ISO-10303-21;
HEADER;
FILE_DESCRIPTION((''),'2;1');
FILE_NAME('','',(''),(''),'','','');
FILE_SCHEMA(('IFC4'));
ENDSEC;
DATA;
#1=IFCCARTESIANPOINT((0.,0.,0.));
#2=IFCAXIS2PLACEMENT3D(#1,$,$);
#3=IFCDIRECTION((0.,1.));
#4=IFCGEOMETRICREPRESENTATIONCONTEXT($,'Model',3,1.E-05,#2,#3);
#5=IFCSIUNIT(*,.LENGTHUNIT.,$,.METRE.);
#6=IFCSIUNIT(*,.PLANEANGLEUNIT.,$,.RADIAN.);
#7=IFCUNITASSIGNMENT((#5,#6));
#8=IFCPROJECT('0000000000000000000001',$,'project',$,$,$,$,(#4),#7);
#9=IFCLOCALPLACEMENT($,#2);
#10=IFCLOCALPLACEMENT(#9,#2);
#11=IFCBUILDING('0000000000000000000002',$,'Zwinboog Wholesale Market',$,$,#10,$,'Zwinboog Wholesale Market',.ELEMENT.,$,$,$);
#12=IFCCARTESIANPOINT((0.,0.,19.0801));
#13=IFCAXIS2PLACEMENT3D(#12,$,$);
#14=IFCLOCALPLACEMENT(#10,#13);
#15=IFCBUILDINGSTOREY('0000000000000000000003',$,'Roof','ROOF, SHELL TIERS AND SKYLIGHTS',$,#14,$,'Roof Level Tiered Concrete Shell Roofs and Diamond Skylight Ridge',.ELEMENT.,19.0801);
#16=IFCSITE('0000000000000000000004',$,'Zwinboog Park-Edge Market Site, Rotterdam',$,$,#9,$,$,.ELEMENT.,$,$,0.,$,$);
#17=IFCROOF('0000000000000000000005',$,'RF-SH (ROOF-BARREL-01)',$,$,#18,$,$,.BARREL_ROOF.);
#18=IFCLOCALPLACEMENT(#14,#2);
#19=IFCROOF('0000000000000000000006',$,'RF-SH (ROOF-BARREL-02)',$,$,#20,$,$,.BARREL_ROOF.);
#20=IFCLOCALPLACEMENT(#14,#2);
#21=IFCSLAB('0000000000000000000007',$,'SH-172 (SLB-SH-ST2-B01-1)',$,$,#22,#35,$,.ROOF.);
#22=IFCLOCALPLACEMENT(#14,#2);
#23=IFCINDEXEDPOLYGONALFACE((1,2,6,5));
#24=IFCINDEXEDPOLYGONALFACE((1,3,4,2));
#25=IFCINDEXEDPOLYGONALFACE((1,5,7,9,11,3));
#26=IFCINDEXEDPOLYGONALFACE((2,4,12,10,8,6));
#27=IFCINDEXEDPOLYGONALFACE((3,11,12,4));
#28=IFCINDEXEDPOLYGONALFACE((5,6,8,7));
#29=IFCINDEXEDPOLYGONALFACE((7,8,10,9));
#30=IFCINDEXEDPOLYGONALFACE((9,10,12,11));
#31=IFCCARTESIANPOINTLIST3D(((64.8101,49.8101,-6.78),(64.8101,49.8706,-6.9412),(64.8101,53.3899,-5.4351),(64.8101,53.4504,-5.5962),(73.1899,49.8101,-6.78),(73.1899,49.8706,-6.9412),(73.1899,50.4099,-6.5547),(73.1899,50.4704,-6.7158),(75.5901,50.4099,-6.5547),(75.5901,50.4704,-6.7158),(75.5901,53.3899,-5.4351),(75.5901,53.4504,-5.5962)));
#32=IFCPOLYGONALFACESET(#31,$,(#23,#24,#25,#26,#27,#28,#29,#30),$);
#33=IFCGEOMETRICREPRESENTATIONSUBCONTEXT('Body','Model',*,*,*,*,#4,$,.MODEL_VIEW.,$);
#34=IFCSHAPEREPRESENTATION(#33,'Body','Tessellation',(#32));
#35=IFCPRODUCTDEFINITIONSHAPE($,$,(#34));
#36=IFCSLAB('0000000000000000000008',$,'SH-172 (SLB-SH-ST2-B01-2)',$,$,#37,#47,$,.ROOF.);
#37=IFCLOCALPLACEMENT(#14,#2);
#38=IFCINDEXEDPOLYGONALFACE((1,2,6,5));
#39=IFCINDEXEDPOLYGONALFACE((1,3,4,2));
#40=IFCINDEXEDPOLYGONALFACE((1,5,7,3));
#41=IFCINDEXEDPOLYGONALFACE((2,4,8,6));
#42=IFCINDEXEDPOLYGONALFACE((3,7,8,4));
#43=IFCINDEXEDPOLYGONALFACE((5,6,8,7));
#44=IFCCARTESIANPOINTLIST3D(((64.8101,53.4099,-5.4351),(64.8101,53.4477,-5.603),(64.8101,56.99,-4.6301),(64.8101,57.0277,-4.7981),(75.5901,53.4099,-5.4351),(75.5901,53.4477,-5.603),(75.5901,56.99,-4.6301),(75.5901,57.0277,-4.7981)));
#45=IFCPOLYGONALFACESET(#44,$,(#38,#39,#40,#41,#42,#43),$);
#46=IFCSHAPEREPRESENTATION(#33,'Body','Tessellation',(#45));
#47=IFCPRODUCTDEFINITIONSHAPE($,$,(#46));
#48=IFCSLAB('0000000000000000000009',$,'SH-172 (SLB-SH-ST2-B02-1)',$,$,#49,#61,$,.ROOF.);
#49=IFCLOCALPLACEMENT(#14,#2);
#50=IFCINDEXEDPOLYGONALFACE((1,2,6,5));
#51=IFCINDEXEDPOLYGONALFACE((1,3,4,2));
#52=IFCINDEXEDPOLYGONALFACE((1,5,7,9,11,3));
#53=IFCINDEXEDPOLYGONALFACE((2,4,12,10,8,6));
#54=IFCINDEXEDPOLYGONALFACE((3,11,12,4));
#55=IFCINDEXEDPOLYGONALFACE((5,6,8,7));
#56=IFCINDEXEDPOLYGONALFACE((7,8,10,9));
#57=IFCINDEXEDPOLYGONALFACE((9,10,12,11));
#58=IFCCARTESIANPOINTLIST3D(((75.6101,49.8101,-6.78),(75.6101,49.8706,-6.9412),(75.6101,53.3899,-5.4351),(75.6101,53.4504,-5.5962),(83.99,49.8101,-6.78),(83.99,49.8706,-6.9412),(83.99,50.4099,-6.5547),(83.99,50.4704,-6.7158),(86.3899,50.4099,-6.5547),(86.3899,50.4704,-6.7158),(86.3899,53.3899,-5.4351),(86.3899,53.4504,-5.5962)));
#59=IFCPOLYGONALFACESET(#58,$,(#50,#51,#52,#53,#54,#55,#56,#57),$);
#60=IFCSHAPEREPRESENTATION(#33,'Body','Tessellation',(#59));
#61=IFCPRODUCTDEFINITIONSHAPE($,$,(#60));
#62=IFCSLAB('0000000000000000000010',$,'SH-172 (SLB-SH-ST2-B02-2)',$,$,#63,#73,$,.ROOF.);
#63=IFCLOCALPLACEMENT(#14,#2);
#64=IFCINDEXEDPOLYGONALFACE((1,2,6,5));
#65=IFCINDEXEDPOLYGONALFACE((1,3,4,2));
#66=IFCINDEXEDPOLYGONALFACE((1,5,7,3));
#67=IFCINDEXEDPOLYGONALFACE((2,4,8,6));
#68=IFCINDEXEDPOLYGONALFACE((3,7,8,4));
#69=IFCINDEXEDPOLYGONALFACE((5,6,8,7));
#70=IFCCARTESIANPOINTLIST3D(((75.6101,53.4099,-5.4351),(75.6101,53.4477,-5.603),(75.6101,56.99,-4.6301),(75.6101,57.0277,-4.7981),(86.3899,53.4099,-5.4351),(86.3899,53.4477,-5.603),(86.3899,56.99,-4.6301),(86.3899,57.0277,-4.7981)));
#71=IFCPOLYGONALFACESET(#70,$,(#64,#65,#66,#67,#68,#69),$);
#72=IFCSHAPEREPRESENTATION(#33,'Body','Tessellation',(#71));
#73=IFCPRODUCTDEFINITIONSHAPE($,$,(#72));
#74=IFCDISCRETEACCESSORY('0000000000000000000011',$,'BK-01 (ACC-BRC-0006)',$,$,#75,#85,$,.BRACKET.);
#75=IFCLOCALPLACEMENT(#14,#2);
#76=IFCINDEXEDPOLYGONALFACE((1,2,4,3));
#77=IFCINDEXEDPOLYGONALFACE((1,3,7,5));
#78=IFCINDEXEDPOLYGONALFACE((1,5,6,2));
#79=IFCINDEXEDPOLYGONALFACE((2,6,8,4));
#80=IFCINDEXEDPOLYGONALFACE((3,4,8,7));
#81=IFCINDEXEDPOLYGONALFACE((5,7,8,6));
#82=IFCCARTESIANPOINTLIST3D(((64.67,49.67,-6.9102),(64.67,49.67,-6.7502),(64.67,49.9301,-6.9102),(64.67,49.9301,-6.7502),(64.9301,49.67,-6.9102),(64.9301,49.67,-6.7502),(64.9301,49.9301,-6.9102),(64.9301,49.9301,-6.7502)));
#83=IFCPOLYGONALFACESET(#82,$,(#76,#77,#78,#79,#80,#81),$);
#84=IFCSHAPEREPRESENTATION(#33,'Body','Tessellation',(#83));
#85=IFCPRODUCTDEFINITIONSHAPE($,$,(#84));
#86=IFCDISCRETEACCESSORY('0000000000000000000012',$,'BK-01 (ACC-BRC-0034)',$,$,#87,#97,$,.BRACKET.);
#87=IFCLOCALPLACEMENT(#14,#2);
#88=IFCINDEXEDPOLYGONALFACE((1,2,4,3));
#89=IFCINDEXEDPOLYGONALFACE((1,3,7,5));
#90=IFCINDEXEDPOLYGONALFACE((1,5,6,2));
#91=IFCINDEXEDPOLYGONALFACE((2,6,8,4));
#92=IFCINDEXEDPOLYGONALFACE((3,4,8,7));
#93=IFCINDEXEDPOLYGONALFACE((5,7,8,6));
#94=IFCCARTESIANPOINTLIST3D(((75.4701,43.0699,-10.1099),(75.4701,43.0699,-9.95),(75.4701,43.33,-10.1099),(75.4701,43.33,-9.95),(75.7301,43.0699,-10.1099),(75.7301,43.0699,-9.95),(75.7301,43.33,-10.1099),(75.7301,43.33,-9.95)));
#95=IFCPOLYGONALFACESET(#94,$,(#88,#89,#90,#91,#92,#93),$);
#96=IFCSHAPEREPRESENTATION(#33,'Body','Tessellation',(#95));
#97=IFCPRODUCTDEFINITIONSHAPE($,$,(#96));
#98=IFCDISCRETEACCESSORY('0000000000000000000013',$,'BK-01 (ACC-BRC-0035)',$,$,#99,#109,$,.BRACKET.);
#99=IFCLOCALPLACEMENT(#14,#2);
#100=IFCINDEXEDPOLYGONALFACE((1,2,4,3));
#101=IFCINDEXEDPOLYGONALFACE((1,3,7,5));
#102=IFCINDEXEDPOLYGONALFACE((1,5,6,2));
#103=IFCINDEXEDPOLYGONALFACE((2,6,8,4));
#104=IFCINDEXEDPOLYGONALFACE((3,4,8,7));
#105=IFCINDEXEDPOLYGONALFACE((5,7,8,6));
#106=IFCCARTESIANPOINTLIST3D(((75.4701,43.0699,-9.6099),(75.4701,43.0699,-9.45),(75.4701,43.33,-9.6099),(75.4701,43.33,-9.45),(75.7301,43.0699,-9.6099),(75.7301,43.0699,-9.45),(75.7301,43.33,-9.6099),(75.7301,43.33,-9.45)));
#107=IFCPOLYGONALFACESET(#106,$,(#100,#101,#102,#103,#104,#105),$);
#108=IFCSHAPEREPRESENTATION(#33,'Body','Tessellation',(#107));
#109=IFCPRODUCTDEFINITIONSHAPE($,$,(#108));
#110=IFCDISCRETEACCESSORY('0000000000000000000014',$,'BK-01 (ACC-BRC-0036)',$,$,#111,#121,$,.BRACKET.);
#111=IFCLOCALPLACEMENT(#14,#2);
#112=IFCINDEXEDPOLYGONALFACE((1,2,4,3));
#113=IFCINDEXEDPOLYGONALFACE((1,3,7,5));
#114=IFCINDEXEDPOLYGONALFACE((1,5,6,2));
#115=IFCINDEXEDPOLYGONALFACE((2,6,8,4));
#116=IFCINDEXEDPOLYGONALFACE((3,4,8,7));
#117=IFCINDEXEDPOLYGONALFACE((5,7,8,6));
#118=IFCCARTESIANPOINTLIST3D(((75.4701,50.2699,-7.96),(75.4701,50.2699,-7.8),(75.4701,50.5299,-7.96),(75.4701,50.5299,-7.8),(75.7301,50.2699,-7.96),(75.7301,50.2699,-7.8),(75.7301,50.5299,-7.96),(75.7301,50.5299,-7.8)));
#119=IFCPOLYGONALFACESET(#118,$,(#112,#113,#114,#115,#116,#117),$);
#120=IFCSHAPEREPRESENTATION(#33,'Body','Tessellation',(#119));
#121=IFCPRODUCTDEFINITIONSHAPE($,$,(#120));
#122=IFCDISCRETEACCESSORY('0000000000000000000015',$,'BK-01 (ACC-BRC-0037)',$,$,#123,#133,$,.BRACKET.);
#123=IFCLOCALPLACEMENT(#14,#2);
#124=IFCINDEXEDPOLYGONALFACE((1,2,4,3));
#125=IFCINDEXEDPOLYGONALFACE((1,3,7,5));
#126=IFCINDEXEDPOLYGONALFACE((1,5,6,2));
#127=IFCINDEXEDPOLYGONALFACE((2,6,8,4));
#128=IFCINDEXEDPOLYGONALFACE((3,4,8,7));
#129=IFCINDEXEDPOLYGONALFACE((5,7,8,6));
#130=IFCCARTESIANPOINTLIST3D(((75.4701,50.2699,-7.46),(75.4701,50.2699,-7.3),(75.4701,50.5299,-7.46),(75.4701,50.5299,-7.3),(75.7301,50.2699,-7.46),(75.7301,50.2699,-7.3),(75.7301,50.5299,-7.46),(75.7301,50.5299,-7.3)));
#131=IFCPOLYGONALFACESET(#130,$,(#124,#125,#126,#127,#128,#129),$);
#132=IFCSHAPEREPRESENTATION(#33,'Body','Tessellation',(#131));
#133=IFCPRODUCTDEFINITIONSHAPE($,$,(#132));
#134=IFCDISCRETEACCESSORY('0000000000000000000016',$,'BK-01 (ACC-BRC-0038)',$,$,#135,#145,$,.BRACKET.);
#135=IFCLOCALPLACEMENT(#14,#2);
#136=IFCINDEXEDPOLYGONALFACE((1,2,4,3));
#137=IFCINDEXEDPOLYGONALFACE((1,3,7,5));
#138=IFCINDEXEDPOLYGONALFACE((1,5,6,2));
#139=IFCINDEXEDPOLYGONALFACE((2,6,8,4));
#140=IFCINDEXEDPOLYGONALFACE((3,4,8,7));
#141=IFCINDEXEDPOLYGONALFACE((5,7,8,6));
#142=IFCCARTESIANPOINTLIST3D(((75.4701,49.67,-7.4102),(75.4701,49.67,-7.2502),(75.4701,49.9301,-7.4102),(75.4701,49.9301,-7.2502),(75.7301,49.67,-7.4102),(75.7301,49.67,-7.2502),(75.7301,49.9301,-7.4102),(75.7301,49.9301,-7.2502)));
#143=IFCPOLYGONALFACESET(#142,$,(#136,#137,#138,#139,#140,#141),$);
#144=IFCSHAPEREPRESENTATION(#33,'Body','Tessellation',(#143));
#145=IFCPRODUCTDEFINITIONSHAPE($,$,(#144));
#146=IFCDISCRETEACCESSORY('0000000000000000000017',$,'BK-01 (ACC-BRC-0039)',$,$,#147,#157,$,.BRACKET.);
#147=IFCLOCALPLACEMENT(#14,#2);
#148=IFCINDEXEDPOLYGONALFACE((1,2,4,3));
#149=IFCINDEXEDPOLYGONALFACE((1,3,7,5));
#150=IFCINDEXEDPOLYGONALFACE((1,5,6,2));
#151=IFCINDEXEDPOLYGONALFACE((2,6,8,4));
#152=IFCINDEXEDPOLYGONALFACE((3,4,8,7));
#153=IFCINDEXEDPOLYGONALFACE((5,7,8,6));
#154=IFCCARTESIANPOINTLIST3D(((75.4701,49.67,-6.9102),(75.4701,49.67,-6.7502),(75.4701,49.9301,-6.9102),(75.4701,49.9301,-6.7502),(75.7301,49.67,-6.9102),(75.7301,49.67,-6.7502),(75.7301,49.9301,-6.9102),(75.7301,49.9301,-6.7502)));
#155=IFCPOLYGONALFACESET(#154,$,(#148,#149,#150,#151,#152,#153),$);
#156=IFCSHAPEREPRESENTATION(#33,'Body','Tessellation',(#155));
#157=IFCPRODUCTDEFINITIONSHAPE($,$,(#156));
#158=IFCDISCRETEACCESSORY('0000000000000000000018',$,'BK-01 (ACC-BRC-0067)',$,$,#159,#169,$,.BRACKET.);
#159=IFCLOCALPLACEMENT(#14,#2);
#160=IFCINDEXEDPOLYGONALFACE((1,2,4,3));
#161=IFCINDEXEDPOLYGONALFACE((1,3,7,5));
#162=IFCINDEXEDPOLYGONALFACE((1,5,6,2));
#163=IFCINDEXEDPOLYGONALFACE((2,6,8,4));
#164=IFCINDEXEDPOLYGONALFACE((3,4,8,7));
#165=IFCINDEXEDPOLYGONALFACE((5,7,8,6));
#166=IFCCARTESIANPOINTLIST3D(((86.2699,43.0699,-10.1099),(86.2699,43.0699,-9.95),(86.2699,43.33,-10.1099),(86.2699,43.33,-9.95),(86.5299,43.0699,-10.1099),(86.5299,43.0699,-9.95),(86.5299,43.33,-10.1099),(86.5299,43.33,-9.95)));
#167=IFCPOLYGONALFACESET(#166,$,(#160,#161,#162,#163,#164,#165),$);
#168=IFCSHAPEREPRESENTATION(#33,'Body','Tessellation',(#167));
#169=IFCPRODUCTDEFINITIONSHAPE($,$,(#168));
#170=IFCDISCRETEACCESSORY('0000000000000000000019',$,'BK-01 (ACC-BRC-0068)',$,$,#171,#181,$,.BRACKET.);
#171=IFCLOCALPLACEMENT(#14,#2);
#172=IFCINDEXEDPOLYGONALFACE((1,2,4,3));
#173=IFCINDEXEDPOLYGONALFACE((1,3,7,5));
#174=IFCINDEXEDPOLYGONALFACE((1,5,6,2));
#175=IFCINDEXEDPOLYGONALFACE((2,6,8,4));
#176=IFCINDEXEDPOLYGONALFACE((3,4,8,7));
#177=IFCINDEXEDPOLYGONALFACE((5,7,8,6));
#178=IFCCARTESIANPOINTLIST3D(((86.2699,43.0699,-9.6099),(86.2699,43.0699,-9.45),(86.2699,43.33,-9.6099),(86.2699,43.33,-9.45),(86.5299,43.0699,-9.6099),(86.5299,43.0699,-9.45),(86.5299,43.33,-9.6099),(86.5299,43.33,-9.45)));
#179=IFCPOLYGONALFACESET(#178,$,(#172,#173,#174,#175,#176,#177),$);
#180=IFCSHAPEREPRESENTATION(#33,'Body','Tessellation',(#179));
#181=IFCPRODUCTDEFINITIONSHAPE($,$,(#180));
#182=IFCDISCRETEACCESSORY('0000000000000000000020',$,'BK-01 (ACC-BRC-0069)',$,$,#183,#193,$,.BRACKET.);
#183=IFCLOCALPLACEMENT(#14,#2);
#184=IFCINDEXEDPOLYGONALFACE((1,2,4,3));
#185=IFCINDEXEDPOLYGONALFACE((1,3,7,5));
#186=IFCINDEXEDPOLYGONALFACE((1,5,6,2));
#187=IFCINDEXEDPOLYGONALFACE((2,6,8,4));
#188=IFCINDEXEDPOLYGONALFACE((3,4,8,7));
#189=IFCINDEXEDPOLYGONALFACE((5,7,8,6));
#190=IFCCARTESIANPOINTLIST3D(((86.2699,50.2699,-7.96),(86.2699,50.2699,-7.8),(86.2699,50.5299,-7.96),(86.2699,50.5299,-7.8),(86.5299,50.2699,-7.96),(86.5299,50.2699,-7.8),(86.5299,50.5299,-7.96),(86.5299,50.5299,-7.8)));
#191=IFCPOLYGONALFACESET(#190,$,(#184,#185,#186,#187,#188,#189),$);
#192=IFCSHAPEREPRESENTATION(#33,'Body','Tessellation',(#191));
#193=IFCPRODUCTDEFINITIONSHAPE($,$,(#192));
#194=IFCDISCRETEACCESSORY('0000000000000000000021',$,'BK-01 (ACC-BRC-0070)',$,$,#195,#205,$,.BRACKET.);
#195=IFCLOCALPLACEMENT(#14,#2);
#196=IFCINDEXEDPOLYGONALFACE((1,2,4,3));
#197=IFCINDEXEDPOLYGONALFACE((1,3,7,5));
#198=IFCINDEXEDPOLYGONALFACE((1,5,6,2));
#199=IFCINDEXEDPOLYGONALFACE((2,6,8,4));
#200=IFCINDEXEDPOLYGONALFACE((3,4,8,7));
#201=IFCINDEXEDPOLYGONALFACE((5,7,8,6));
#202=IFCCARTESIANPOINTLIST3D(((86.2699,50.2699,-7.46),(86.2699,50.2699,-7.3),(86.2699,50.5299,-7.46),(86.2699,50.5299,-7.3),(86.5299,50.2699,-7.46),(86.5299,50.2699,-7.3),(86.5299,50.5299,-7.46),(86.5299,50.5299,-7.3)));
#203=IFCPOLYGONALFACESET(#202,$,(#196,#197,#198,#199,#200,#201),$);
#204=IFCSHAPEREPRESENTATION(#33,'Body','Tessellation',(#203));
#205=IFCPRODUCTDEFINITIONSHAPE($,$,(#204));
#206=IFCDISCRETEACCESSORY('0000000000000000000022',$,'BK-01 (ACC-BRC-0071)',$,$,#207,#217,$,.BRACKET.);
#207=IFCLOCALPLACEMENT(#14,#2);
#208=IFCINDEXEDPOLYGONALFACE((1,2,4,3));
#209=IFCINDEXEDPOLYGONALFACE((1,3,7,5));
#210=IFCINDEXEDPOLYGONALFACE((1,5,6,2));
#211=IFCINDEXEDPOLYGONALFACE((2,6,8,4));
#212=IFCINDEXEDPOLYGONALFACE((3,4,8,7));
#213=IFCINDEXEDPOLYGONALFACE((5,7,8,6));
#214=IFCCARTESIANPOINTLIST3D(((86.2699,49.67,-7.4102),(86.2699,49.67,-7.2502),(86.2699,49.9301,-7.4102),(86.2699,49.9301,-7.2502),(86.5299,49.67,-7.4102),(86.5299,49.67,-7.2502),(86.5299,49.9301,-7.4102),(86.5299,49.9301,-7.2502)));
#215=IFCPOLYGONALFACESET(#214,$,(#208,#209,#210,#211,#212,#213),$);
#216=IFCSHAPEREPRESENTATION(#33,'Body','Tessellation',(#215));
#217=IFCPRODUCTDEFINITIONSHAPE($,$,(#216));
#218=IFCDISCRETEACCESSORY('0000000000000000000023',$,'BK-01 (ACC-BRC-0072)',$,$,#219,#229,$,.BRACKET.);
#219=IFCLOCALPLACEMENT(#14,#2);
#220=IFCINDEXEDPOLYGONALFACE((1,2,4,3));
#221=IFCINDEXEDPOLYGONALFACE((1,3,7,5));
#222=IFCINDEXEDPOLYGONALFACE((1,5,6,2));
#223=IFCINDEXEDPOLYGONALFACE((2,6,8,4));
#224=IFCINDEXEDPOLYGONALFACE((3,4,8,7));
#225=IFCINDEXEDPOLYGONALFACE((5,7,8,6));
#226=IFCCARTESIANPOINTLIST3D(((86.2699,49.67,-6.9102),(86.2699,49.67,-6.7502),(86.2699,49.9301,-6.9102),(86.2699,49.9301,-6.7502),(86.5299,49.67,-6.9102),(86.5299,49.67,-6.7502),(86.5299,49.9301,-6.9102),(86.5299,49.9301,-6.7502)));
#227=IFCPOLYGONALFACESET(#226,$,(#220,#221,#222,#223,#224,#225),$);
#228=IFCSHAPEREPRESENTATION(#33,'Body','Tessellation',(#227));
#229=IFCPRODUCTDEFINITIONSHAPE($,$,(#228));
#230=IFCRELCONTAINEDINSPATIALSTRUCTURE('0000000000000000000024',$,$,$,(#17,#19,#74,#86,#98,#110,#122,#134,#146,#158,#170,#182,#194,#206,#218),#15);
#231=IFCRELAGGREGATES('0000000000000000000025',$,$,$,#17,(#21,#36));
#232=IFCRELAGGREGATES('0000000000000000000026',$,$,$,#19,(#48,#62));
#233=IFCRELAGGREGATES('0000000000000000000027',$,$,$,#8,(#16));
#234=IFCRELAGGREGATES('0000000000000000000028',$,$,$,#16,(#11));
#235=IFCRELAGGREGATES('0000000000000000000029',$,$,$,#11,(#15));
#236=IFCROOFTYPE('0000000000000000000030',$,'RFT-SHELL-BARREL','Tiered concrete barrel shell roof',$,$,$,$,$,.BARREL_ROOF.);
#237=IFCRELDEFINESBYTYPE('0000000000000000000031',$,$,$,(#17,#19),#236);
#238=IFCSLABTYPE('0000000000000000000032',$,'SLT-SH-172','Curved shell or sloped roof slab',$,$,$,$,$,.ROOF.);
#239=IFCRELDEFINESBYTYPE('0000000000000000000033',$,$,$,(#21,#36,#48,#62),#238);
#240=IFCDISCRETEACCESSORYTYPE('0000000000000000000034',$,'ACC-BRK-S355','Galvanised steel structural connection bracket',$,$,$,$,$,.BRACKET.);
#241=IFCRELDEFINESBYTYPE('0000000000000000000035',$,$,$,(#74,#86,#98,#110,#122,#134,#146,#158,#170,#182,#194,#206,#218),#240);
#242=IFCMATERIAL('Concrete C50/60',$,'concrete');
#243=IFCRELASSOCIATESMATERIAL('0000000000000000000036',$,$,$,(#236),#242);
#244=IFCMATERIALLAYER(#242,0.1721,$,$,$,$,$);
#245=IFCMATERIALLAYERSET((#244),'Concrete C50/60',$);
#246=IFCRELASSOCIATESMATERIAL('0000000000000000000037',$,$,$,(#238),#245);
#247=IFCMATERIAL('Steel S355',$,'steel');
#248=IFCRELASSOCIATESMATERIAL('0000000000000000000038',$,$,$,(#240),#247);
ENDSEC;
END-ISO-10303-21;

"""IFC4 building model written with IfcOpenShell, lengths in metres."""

from ifc_helpers import new_model, si_unit, direction, frame, origin, origin_2d, place, context, subcontext, project, spatial, polyline, rectangle, outline, extrude, material, layer, layer_set, type_object, element, aggregate, save


model = new_model("IFC4")

# Units and contexts
model_context = context("Model", 3, precision=1e-05, world=origin(), true_north=direction((0.0, 1.0)))
body_context = subcontext(model_context, "Body", "Model", "MODEL_VIEW")
ifc_project = project(units=[si_unit("LENGTHUNIT", "METRE"), si_unit("PLANEANGLEUNIT", "RADIAN")], contexts=[model_context])

# Site, building, storey
site_placement = place(None, origin())
site = spatial("IfcSite", under=ifc_project, at=site_placement, Name="Zwinboog Park-Edge Market Site, Rotterdam", CompositionType="ELEMENT", RefElevation=0.0)
building_placement = place(site_placement, origin())
building = spatial("IfcBuilding", under=site, at=building_placement, Name="Zwinboog Wholesale Market", LongName="Zwinboog Wholesale Market", CompositionType="ELEMENT")
storey_placement = place(building_placement, frame((0.0, 0.0, 19.0801)))
storey = spatial("IfcBuildingStorey", under=building, at=storey_placement, Name="Roof", Description="ROOF, SHELL TIERS AND SKYLIGHTS", LongName="Roof Level Tiered Concrete Shell Roofs and Diamond Skylight Ridge", CompositionType="ELEMENT", Elevation=19.0801)

# Shared definitions
ifc_material_1 = material(Name="Steel S355", Category="steel")

# Roofs
ifc_material_2 = material(Name="Concrete C50/60", Category="concrete")
roof_type = type_object("IfcRoofType", Name="RFT-SHELL-BARREL", Description="Tiered concrete barrel shell roof", PredefinedType="BARREL_ROOF", material=ifc_material_2)
roof_1_placement = place(storey_placement, origin())
roof_1 = element("IfcRoof", 1, at=roof_1_placement, inside=storey, type_object=roof_type, Name="RF-SH (ROOF-BARREL-01)", PredefinedType="BARREL_ROOF")
roof_2_placement = place(storey_placement, origin())
roof_2 = element("IfcRoof", 2, at=roof_2_placement, inside=storey, type_object=roof_type, Name="RF-SH (ROOF-BARREL-02)", PredefinedType="BARREL_ROOF")

# Slabs
ifc_layer_1 = layer(ifc_material_2, 0.1721)
ifc_layer_set_1 = layer_set([ifc_layer_1], Name="Concrete C50/60")
slab_type_1 = type_object("IfcSlabType", Name="SLT-SH-172", Description="Curved shell or sloped roof slab", PredefinedType="ROOF", material=ifc_layer_set_1)
slab_1_placement = place(storey_placement, frame((64.8101, 49.8101, -6.78), z_axis=(0.000001, -0.351706, 0.936111), x_axis=(1.0, 0.0, -0.000001)))
slab_1 = element("IfcSlab", 3, at=slab_1_placement, type_object=slab_type_1, Name="SH-172 (SLB-SH-ST2-B01-1)", PredefinedType="ROOF", context=body_context, shape_type="SweptSolid", body=[
    extrude(outline(polyline([(0.0, 0.0), (8.3799, 0.0), (8.3799, 0.6408), (10.78, 0.6408), (10.78, 3.8242), (0.0, 3.8242), (0.0, 0.0)])), origin(), (0.0, 0.0, -1.0), 0.1721),
])
slab_2_placement = place(storey_placement, frame((64.8101, 53.4099, -5.4351), z_axis=(0.0, -0.21936, 0.975644), x_axis=(1.0, 0.0, 0.0)))
slab_2 = element("IfcSlab", 4, at=slab_2_placement, type_object=slab_type_1, Name="SH-172 (SLB-SH-ST2-B01-2)", PredefinedType="ROOF", context=body_context, shape_type="SweptSolid", body=[
    extrude(outline(polyline([(0.0, 0.0), (10.78, 0.0), (10.78, 3.6695), (0.0, 3.6695), (0.0, 0.0)])), origin(), (0.0, 0.0, -1.0), 0.1721),
])
aggregate(roof_1, [slab_1, slab_2])
slab_3_placement = place(storey_placement, frame((75.6101, 49.8101, -6.78), z_axis=(0.000001, -0.351706, 0.936111), x_axis=(1.0, 0.0, -0.000001)))
slab_3 = element("IfcSlab", 5, at=slab_3_placement, type_object=slab_type_1, Name="SH-172 (SLB-SH-ST2-B02-1)", PredefinedType="ROOF", context=body_context, shape_type="SweptSolid", body=[
    extrude(outline(polyline([(0.0, 0.0), (8.3799, 0.0), (8.3799, 0.6408), (10.7798, 0.6408), (10.7798, 3.8242), (0.0, 3.8242), (0.0, 0.0)])), origin(), (0.0, 0.0, -1.0), 0.1721),
])
slab_4_placement = place(storey_placement, frame((75.6101, 53.4099, -5.4351), z_axis=(0.0, -0.21936, 0.975644), x_axis=(1.0, 0.0, 0.0)))
slab_4 = element("IfcSlab", 6, at=slab_4_placement, type_object=slab_type_1, Name="SH-172 (SLB-SH-ST2-B02-2)", PredefinedType="ROOF", context=body_context, shape_type="SweptSolid", body=[
    extrude(outline(polyline([(0.0, 0.0), (10.7798, 0.0), (10.7798, 3.6695), (0.0, 3.6695), (0.0, 0.0)])), origin(), (0.0, 0.0, -1.0), 0.1721),
])
aggregate(roof_2, [slab_3, slab_4])

# Discrete accessories
discrete_accessory_type = type_object("IfcDiscreteAccessoryType", Name="ACC-BRK-S355", Description="Galvanised steel structural connection bracket", PredefinedType="BRACKET", material=ifc_material_1)
for number, where, z_axis, x_axis, name in (
    (7, (64.8, 49.8, -6.9102), (0.0, 0.0, 1.0), (1.0, 0.0, 0.0), "BK-01 (ACC-BRC-0006)"),
    (8, (75.6001, 43.2, -10.1099), (0.0, 0.0, 1.0), (1.0, 0.0, 0.0), "BK-01 (ACC-BRC-0034)"),
    (9, (75.6001, 43.2, -9.6099), (0.0, 0.0, 1.0), (1.0, 0.0, 0.0), "BK-01 (ACC-BRC-0035)"),
    (10, (75.6001, 50.3999, -7.96), (0.0, 0.0, 1.0), (1.0, 0.0, 0.0), "BK-01 (ACC-BRC-0036)"),
    (11, (75.6001, 50.3999, -7.46), (0.0, 0.0, 1.0), (1.0, 0.0, 0.0), "BK-01 (ACC-BRC-0037)"),
    (12, (75.6001, 49.8, -7.4102), (0.0, 0.0, 1.0), (1.0, 0.0, 0.0), "BK-01 (ACC-BRC-0038)"),
    (13, (75.6001, 49.8, -6.9102), (0.0, 0.0, 1.0), (1.0, 0.0, 0.0), "BK-01 (ACC-BRC-0039)"),
    (14, (86.3999, 43.2, -10.1099), (0.0, 0.0, 1.0), (1.0, 0.0, 0.0), "BK-01 (ACC-BRC-0067)"),
    (15, (86.3999, 43.2, -9.6099), (0.0, 0.0, 1.0), (1.0, 0.0, 0.0), "BK-01 (ACC-BRC-0068)"),
    (16, (86.3999, 50.3999, -7.96), (0.0, 0.0, 1.0), (1.0, 0.0, 0.0), "BK-01 (ACC-BRC-0069)"),
    (17, (86.3999, 50.3999, -7.46), (0.0, 0.0, 1.0), (1.0, 0.0, 0.0), "BK-01 (ACC-BRC-0070)"),
    (18, (86.3999, 49.8, -7.4102), (0.0, 0.0, 1.0), (1.0, 0.0, 0.0), "BK-01 (ACC-BRC-0071)"),
    (19, (86.3999, 49.8, -6.9102), (0.0, 0.0, 1.0), (1.0, 0.0, 0.0), "BK-01 (ACC-BRC-0072)"),
):
    element("IfcDiscreteAccessory", number, at=place(storey_placement, frame(where, z_axis=z_axis, x_axis=x_axis)), inside=storey, type_object=discrete_accessory_type, Name=name, PredefinedType="BRACKET", context=body_context, shape_type="SweptSolid", body=[
        extrude(rectangle(XDim=0.26, YDim=0.26, at=origin_2d()), origin(), (0.0, 0.0, 1.0), 0.1599),
    ])

save(model, "model.ifc")
